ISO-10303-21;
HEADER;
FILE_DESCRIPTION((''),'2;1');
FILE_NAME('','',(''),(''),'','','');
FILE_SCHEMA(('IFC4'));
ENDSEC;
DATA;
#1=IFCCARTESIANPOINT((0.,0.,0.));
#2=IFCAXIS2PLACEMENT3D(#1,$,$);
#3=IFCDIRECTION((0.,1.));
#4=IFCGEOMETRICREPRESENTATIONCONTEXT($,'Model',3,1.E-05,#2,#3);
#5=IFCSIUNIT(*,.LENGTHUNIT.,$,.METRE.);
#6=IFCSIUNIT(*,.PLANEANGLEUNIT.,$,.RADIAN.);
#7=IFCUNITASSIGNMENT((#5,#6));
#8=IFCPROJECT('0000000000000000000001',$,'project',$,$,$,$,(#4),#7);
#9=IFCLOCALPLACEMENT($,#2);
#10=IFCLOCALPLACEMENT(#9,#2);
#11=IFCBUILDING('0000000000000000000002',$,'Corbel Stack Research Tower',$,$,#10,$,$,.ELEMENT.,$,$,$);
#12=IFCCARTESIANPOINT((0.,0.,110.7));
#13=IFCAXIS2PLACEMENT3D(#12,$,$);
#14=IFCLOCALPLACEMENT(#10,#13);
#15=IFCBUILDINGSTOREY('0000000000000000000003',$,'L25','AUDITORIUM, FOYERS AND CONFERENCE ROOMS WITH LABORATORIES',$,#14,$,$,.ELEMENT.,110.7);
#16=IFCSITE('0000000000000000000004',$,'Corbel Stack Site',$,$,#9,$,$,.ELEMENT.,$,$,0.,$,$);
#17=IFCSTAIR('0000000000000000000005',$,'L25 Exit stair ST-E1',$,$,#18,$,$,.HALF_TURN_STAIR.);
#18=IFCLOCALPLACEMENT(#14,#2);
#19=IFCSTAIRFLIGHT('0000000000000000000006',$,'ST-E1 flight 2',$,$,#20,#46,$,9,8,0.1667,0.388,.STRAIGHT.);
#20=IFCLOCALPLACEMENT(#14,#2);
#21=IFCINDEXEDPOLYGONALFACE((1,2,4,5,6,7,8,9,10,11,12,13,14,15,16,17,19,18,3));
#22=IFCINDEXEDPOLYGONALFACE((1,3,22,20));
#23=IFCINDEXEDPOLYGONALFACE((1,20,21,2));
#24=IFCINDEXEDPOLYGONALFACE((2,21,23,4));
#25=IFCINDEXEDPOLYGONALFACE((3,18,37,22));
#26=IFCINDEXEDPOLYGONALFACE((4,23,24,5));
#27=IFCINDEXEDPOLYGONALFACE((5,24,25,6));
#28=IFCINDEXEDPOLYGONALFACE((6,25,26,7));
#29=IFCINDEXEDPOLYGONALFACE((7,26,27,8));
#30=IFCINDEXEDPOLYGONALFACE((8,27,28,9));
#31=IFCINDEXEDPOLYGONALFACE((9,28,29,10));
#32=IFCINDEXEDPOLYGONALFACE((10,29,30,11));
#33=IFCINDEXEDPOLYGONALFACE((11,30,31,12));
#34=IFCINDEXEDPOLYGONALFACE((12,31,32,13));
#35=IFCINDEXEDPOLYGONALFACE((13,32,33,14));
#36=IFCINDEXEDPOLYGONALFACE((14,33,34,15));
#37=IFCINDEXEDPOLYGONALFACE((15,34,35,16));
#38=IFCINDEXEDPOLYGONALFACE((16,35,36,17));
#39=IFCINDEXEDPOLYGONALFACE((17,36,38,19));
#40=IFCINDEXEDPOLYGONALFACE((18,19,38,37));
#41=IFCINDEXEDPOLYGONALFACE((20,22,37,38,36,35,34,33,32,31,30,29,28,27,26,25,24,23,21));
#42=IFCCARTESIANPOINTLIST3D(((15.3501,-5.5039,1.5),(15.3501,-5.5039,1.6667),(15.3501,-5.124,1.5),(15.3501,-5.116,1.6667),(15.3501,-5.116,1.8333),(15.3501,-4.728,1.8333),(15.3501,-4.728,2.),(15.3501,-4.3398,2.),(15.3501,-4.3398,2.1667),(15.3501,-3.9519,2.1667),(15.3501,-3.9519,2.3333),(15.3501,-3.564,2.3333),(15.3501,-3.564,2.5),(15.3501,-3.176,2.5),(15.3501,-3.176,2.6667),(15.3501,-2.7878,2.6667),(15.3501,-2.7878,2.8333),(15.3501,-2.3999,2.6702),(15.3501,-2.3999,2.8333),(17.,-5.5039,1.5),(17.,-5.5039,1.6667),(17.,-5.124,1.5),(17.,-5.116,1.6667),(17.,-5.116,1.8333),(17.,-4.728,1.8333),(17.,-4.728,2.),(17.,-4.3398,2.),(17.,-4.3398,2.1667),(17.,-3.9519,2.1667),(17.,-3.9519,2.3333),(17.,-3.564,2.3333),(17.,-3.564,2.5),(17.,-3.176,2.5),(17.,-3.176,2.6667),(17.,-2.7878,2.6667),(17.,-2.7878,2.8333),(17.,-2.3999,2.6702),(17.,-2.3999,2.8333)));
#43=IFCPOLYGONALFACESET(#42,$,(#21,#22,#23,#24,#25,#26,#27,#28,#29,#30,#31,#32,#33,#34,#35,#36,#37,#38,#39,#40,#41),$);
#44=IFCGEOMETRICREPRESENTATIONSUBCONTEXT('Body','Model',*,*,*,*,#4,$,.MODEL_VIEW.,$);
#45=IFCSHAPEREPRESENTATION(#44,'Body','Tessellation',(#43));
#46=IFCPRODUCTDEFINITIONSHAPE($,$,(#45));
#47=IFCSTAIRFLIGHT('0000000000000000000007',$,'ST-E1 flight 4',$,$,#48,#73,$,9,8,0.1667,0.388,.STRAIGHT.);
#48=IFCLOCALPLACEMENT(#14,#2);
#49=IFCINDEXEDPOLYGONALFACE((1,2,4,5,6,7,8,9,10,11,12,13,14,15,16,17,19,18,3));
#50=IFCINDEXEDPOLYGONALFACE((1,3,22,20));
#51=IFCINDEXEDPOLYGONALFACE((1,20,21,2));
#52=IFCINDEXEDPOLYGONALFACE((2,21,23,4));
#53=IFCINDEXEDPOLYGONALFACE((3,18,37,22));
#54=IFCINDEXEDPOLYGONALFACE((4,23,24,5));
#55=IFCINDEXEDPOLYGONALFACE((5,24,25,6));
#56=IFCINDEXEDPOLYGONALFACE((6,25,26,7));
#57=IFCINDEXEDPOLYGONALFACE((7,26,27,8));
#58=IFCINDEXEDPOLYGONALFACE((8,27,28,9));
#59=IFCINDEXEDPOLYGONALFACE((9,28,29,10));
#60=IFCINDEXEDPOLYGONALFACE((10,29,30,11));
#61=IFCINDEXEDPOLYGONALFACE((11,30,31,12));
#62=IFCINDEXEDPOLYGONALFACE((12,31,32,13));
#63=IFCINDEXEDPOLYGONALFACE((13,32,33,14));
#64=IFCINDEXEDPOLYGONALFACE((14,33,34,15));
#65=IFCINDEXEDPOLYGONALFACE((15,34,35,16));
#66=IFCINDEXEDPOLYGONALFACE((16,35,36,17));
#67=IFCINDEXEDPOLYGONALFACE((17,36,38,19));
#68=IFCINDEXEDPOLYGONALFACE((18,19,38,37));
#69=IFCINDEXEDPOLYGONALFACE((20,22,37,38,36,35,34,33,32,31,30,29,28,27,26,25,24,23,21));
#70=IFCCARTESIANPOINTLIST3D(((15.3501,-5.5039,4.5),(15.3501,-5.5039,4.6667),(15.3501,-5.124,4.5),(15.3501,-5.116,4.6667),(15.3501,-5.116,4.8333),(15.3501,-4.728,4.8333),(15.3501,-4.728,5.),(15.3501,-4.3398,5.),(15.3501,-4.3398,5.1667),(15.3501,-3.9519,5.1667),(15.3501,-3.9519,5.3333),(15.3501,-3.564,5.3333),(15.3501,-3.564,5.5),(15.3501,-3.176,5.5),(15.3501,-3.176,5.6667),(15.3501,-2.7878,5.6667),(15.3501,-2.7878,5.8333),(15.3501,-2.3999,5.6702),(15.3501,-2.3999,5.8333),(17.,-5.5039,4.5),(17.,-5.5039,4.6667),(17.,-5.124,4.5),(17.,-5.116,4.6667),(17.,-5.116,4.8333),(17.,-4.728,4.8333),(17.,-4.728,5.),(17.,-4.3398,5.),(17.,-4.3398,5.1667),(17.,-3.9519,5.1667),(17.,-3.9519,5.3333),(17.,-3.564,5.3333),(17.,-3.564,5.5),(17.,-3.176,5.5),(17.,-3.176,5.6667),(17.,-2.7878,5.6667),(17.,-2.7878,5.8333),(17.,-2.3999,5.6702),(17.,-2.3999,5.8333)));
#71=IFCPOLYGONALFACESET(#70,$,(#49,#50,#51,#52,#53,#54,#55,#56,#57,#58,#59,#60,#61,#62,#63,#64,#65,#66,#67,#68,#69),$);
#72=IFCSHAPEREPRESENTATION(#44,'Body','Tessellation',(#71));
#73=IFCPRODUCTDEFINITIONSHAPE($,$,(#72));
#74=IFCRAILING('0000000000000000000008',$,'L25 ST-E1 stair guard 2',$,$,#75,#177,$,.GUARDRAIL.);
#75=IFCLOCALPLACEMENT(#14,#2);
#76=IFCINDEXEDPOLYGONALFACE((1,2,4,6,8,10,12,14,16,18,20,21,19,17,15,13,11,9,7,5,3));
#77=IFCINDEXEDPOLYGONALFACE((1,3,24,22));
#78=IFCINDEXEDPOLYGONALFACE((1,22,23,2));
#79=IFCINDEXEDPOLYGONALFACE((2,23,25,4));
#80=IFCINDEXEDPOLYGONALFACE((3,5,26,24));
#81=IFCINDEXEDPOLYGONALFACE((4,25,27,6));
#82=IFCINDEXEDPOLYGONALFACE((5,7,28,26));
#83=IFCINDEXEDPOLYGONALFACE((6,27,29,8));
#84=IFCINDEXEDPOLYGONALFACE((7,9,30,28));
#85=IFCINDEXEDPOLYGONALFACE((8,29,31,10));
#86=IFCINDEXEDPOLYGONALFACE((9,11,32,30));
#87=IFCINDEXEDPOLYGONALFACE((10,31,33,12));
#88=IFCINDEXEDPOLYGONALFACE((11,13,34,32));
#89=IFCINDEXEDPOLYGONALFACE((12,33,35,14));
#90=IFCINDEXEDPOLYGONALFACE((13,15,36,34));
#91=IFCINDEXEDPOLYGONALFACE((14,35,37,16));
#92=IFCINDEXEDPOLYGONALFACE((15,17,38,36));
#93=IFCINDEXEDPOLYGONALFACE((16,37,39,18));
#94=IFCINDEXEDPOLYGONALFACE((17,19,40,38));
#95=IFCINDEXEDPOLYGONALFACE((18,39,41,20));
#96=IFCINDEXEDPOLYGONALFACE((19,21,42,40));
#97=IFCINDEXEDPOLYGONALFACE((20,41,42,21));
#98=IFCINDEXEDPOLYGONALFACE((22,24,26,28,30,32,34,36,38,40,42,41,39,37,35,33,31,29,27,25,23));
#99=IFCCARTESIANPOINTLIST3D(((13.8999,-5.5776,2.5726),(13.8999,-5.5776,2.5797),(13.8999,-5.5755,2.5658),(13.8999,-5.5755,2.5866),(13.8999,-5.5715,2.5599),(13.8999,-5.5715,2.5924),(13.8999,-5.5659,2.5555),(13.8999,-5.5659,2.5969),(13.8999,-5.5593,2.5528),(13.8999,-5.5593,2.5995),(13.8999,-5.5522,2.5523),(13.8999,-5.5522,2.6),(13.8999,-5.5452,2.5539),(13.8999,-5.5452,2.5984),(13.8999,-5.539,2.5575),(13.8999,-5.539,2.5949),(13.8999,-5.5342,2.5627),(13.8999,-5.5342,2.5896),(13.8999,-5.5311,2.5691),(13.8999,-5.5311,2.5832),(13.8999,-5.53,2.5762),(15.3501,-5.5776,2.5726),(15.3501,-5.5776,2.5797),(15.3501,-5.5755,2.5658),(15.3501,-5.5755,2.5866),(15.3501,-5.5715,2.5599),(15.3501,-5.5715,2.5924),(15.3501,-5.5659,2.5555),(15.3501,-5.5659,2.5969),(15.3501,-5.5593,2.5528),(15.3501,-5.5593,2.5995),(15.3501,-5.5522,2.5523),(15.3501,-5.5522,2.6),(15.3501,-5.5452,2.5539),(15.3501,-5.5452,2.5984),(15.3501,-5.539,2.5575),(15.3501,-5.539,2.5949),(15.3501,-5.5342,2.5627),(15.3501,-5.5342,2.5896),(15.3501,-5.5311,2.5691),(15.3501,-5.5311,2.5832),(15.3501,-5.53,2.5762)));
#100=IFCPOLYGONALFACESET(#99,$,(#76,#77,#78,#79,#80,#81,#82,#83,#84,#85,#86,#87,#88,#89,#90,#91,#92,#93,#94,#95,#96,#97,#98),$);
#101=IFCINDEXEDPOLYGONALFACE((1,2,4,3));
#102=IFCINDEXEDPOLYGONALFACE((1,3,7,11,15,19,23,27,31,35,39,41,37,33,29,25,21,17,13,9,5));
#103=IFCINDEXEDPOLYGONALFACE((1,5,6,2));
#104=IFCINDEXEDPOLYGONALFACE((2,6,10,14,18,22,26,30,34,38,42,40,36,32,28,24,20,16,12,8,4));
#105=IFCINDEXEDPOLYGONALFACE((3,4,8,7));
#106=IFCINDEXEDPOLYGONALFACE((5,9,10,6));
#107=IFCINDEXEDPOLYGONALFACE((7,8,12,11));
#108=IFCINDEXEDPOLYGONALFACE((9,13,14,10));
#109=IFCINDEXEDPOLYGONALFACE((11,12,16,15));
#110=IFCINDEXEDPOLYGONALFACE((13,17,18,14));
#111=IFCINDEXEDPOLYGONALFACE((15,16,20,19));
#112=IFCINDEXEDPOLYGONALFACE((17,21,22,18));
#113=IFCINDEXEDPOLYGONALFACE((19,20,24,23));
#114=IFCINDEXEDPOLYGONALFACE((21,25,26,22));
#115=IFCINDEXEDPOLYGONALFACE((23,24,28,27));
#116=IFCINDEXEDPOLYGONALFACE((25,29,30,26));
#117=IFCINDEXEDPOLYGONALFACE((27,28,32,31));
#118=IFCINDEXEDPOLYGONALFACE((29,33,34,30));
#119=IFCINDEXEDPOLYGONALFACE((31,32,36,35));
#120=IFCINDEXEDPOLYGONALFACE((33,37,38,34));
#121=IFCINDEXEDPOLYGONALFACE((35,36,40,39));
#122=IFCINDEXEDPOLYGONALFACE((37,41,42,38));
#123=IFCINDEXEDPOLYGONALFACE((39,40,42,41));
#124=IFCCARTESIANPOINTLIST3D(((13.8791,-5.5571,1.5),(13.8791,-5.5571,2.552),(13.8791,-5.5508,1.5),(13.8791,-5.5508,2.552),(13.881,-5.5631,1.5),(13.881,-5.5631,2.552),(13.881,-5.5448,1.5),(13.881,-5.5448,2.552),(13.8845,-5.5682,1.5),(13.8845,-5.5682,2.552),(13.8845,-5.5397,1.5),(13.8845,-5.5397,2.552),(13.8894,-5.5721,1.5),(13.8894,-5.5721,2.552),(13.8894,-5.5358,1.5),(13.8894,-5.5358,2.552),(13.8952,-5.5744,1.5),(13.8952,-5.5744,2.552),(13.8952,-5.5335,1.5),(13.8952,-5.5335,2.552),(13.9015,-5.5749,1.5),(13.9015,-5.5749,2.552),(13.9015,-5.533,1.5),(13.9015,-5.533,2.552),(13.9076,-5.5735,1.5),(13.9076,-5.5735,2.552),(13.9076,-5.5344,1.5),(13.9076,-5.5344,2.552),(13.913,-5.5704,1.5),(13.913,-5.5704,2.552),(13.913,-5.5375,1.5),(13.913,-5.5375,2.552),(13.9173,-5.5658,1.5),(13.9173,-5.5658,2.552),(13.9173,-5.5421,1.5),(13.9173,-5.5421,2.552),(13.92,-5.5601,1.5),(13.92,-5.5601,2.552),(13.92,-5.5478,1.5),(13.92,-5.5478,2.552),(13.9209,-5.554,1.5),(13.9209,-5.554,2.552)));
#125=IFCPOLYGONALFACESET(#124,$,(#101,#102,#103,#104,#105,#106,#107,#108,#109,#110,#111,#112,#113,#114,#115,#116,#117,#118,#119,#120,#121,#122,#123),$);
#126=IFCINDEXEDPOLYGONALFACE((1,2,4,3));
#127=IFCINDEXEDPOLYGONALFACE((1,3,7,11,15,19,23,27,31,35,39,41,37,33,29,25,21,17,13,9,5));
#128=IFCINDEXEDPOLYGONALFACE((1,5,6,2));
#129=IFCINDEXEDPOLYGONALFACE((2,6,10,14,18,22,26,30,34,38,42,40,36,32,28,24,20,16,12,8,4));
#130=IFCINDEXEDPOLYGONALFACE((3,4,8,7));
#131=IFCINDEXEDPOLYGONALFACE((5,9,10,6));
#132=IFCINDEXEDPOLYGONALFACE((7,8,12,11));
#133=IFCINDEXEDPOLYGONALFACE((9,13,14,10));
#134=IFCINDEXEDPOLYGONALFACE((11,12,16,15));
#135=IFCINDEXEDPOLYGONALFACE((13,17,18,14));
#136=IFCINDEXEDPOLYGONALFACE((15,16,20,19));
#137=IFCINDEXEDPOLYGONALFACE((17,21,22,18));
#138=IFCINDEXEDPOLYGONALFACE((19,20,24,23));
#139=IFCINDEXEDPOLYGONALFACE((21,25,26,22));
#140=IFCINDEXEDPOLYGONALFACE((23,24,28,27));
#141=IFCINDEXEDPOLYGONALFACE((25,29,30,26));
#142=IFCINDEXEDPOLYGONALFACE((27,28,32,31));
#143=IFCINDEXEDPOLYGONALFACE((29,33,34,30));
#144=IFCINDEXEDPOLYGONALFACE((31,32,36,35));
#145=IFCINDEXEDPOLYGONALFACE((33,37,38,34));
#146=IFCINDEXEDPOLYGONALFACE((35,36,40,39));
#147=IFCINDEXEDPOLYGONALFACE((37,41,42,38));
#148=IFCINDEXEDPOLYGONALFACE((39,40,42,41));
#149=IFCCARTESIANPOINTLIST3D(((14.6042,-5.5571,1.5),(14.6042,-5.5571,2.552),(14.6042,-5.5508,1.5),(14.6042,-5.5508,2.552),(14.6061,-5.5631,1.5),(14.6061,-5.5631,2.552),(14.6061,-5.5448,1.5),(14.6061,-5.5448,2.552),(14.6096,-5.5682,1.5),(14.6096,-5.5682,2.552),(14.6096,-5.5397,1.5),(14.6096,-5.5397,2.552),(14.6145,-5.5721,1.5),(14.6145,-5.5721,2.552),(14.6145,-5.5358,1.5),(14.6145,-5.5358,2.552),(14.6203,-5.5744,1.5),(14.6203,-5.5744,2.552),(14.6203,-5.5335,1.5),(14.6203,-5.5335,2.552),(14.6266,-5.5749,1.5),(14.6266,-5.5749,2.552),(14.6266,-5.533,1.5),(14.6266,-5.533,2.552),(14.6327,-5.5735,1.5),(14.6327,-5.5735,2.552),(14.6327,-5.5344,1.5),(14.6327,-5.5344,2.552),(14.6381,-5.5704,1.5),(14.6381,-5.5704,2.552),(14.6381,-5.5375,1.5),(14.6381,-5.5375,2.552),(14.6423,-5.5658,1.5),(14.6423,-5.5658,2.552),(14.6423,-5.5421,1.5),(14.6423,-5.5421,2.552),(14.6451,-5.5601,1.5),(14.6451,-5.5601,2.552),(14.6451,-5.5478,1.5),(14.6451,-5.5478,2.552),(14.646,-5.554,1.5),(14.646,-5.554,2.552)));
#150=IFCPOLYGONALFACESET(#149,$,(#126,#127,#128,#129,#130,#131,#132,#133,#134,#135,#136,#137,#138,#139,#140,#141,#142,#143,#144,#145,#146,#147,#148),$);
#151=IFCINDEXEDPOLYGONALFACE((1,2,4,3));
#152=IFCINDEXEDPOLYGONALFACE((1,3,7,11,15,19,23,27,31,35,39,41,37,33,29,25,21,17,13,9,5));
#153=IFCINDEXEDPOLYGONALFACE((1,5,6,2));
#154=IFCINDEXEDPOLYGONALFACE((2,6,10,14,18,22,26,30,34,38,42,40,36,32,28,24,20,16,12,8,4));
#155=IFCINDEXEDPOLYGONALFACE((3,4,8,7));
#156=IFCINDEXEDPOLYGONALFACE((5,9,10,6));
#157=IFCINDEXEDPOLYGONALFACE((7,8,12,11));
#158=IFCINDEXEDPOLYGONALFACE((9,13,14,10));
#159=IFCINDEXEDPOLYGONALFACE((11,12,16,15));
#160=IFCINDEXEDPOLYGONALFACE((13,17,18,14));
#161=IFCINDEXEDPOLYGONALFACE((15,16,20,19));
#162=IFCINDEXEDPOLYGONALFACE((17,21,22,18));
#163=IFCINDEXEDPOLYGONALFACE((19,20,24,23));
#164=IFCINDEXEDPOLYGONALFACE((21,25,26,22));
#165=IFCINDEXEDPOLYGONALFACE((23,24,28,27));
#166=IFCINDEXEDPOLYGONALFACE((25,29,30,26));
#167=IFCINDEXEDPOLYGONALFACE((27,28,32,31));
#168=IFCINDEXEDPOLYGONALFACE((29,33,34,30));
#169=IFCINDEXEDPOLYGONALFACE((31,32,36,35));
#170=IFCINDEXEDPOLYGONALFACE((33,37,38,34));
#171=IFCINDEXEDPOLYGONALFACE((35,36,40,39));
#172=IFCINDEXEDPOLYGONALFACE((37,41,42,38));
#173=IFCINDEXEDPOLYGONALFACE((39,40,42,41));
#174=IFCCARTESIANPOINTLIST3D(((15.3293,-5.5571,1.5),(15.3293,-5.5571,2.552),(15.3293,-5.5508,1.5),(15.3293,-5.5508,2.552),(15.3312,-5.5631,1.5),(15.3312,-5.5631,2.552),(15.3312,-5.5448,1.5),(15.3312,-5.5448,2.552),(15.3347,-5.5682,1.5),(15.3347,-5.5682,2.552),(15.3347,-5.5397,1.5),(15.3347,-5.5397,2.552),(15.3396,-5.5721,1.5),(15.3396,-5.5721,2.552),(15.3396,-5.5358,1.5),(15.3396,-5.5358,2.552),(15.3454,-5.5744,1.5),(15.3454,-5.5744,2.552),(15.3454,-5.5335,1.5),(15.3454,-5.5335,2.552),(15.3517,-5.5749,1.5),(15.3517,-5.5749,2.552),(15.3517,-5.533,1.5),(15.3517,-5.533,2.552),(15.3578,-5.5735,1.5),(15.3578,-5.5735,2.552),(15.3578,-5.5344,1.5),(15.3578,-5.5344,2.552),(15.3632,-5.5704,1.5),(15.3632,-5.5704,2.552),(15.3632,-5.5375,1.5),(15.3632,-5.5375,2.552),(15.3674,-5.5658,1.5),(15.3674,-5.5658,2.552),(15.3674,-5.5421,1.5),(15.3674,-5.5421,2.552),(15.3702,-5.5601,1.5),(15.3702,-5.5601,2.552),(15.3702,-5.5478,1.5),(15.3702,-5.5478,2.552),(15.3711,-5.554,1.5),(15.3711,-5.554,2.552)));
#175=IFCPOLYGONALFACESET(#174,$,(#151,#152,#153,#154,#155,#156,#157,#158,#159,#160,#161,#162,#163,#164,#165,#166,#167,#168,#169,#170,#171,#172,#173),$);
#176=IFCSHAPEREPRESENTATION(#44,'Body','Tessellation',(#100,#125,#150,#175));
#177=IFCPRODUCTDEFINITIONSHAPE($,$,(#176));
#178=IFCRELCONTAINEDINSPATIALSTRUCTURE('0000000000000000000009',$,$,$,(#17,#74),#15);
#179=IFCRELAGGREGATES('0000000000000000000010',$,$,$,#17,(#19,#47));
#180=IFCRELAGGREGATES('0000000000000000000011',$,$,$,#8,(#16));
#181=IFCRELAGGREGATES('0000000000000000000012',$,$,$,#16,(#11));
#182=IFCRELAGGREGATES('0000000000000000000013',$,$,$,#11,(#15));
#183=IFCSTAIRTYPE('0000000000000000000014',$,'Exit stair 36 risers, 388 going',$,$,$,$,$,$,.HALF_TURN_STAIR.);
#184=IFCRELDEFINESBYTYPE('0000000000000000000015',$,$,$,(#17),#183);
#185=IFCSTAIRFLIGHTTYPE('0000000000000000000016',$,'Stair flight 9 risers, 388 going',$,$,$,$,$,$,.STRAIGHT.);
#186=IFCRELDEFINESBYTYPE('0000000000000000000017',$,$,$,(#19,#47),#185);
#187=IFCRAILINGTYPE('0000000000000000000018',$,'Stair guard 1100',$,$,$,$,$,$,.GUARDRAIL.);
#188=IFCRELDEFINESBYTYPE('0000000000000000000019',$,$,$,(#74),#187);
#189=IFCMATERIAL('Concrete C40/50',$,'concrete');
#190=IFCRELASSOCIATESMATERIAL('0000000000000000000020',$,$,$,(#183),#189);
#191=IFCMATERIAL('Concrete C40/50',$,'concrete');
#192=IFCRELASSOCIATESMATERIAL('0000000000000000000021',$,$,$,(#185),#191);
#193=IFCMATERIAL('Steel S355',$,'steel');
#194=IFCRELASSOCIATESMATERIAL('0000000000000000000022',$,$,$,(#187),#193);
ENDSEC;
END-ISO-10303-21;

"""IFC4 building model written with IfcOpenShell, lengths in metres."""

from ifc_helpers import new_model, si_unit, direction, frame, origin, origin_2d, place, context, subcontext, project, spatial, polyline, circle, outline, extrude, material, type_object, element, aggregate, save


model = new_model("IFC4")

# Units and contexts
model_context = context("Model", 3, precision=1e-05, world=origin(), true_north=direction((0.0, 1.0)))
body_context = subcontext(model_context, "Body", "Model", "MODEL_VIEW")
ifc_project = project(units=[si_unit("LENGTHUNIT", "METRE"), si_unit("PLANEANGLEUNIT", "RADIAN")], contexts=[model_context])

# Site, building, storey
site_placement = place(None, origin())
site = spatial("IfcSite", under=ifc_project, at=site_placement, Name="Corbel Stack Site", CompositionType="ELEMENT", RefElevation=0.0)
building_placement = place(site_placement, origin())
building = spatial("IfcBuilding", under=site, at=building_placement, Name="Corbel Stack Research Tower", CompositionType="ELEMENT")
storey_placement = place(building_placement, frame((0.0, 0.0, 110.7)))
storey = spatial("IfcBuildingStorey", under=building, at=storey_placement, Name="L25", Description="AUDITORIUM, FOYERS AND CONFERENCE ROOMS WITH LABORATORIES", CompositionType="ELEMENT", Elevation=110.7)

# Stair, stair flights
ifc_material_1 = material(Name="Concrete C40/50", Category="concrete")
stair_type = type_object("IfcStairType", Name="Exit stair 36 risers, 388 going", PredefinedType="HALF_TURN_STAIR", material=ifc_material_1)
stair_placement = place(storey_placement, origin())
stair = element("IfcStair", 1, at=stair_placement, inside=storey, type_object=stair_type, Name="L25 Exit stair ST-E1", PredefinedType="HALF_TURN_STAIR")
ifc_material_2 = material(Name="Concrete C40/50", Category="concrete")
stair_flight_type = type_object("IfcStairFlightType", Name="Stair flight 9 risers, 388 going", PredefinedType="STRAIGHT", material=ifc_material_2)
stair_flight_1_placement = place(storey_placement, frame((16.175, -5.5039, 1.5), z_axis=(0.0, 0.0, 1.0), x_axis=(0.0, 1.0, 0.0)))
stair_flight_1 = element("IfcStairFlight", 2, at=stair_flight_1_placement, type_object=stair_flight_type, Name="ST-E1 flight 2", NumberOfRisers=9, NumberOfTreads=8, PredefinedType="STRAIGHT", RiserHeight=0.1667, TreadLength=0.388, context=body_context, shape_type="SweptSolid", body=[
    extrude(outline(polyline([(0.0, 0.0), (0.0, 0.1667), (0.3879, 0.1667), (0.3879, 0.3333), (0.7759, 0.3333), (0.7759, 0.5), (1.1641, 0.5), (1.1641, 0.6667), (1.552, 0.6667), (1.552, 0.8333), (1.9399, 0.8333), (1.9399, 1.0), (2.3279, 1.0), (2.3279, 1.1667), (2.7161, 1.1667), (2.7161, 1.3333), (3.104, 1.3333), (3.104, 1.5), (3.104, 1.1702), (0.3799, 0.0), (0.0, 0.0)])), frame((0.0, 0.825, 0.0), z_axis=(0.0, -1.0, 0.0), x_axis=(1.0, 0.0, 0.0)), (0.0, 0.0, 1.0), 1.6499),
])
stair_flight_2_placement = place(storey_placement, frame((16.175, -5.5039, 4.5), z_axis=(0.0, 0.0, 1.0), x_axis=(0.0, 1.0, 0.0)))
stair_flight_2 = element("IfcStairFlight", 3, at=stair_flight_2_placement, type_object=stair_flight_type, Name="ST-E1 flight 4", NumberOfRisers=9, NumberOfTreads=8, PredefinedType="STRAIGHT", RiserHeight=0.1667, TreadLength=0.388, context=body_context, shape_type="SweptSolid", body=[
    extrude(outline(polyline([(0.0, 0.0), (0.0, 0.1667), (0.3879, 0.1667), (0.3879, 0.3333), (0.7759, 0.3333), (0.7759, 0.5), (1.1641, 0.5), (1.1641, 0.6667), (1.552, 0.6667), (1.552, 0.8333), (1.9399, 0.8333), (1.9399, 1.0), (2.3279, 1.0), (2.3279, 1.1667), (2.7161, 1.1667), (2.7161, 1.3333), (3.104, 1.3333), (3.104, 1.5), (3.104, 1.1702), (0.3799, 0.0), (0.0, 0.0)])), frame((0.0, 0.825, 0.0), z_axis=(0.0, -1.0, 0.0), x_axis=(1.0, 0.0, 0.0)), (0.0, 0.0, 1.0), 1.6499),
])
aggregate(stair, [stair_flight_1, stair_flight_2])

# Railing
ifc_material_3 = material(Name="Steel S355", Category="steel")
railing_type_1 = type_object("IfcRailingType", Name="Stair guard 1100", PredefinedType="GUARDRAIL", material=ifc_material_3)
railing_1_placement = place(storey_placement, frame((13.8999, -5.554, 1.5)))
element("IfcRailing", 4, at=railing_1_placement, inside=storey, type_object=railing_type_1, Name="L25 ST-E1 stair guard 2", PredefinedType="GUARDRAIL", context=body_context, shape_type="SweptSolid", body=[
    extrude(circle(Radius=0.0239, at=origin_2d()), frame((0.0, 0.0, 1.0762), z_axis=(1.0, 0.0, 0.0), x_axis=(0.0, 1.0, 0.0)), (0.0, 0.0, 1.0), 1.4502),
    extrude(circle(Radius=0.021, at=origin_2d()), origin(), (0.0, 0.0, 1.0), 1.052),
    extrude(circle(Radius=0.021, at=origin_2d()), frame((0.7251, 0.0, 0.0)), (0.0, 0.0, 1.0), 1.052),
    extrude(circle(Radius=0.021, at=origin_2d()), frame((1.4502, 0.0, 0.0)), (0.0, 0.0, 1.0), 1.052),
])

save(model, "model.ifc")
